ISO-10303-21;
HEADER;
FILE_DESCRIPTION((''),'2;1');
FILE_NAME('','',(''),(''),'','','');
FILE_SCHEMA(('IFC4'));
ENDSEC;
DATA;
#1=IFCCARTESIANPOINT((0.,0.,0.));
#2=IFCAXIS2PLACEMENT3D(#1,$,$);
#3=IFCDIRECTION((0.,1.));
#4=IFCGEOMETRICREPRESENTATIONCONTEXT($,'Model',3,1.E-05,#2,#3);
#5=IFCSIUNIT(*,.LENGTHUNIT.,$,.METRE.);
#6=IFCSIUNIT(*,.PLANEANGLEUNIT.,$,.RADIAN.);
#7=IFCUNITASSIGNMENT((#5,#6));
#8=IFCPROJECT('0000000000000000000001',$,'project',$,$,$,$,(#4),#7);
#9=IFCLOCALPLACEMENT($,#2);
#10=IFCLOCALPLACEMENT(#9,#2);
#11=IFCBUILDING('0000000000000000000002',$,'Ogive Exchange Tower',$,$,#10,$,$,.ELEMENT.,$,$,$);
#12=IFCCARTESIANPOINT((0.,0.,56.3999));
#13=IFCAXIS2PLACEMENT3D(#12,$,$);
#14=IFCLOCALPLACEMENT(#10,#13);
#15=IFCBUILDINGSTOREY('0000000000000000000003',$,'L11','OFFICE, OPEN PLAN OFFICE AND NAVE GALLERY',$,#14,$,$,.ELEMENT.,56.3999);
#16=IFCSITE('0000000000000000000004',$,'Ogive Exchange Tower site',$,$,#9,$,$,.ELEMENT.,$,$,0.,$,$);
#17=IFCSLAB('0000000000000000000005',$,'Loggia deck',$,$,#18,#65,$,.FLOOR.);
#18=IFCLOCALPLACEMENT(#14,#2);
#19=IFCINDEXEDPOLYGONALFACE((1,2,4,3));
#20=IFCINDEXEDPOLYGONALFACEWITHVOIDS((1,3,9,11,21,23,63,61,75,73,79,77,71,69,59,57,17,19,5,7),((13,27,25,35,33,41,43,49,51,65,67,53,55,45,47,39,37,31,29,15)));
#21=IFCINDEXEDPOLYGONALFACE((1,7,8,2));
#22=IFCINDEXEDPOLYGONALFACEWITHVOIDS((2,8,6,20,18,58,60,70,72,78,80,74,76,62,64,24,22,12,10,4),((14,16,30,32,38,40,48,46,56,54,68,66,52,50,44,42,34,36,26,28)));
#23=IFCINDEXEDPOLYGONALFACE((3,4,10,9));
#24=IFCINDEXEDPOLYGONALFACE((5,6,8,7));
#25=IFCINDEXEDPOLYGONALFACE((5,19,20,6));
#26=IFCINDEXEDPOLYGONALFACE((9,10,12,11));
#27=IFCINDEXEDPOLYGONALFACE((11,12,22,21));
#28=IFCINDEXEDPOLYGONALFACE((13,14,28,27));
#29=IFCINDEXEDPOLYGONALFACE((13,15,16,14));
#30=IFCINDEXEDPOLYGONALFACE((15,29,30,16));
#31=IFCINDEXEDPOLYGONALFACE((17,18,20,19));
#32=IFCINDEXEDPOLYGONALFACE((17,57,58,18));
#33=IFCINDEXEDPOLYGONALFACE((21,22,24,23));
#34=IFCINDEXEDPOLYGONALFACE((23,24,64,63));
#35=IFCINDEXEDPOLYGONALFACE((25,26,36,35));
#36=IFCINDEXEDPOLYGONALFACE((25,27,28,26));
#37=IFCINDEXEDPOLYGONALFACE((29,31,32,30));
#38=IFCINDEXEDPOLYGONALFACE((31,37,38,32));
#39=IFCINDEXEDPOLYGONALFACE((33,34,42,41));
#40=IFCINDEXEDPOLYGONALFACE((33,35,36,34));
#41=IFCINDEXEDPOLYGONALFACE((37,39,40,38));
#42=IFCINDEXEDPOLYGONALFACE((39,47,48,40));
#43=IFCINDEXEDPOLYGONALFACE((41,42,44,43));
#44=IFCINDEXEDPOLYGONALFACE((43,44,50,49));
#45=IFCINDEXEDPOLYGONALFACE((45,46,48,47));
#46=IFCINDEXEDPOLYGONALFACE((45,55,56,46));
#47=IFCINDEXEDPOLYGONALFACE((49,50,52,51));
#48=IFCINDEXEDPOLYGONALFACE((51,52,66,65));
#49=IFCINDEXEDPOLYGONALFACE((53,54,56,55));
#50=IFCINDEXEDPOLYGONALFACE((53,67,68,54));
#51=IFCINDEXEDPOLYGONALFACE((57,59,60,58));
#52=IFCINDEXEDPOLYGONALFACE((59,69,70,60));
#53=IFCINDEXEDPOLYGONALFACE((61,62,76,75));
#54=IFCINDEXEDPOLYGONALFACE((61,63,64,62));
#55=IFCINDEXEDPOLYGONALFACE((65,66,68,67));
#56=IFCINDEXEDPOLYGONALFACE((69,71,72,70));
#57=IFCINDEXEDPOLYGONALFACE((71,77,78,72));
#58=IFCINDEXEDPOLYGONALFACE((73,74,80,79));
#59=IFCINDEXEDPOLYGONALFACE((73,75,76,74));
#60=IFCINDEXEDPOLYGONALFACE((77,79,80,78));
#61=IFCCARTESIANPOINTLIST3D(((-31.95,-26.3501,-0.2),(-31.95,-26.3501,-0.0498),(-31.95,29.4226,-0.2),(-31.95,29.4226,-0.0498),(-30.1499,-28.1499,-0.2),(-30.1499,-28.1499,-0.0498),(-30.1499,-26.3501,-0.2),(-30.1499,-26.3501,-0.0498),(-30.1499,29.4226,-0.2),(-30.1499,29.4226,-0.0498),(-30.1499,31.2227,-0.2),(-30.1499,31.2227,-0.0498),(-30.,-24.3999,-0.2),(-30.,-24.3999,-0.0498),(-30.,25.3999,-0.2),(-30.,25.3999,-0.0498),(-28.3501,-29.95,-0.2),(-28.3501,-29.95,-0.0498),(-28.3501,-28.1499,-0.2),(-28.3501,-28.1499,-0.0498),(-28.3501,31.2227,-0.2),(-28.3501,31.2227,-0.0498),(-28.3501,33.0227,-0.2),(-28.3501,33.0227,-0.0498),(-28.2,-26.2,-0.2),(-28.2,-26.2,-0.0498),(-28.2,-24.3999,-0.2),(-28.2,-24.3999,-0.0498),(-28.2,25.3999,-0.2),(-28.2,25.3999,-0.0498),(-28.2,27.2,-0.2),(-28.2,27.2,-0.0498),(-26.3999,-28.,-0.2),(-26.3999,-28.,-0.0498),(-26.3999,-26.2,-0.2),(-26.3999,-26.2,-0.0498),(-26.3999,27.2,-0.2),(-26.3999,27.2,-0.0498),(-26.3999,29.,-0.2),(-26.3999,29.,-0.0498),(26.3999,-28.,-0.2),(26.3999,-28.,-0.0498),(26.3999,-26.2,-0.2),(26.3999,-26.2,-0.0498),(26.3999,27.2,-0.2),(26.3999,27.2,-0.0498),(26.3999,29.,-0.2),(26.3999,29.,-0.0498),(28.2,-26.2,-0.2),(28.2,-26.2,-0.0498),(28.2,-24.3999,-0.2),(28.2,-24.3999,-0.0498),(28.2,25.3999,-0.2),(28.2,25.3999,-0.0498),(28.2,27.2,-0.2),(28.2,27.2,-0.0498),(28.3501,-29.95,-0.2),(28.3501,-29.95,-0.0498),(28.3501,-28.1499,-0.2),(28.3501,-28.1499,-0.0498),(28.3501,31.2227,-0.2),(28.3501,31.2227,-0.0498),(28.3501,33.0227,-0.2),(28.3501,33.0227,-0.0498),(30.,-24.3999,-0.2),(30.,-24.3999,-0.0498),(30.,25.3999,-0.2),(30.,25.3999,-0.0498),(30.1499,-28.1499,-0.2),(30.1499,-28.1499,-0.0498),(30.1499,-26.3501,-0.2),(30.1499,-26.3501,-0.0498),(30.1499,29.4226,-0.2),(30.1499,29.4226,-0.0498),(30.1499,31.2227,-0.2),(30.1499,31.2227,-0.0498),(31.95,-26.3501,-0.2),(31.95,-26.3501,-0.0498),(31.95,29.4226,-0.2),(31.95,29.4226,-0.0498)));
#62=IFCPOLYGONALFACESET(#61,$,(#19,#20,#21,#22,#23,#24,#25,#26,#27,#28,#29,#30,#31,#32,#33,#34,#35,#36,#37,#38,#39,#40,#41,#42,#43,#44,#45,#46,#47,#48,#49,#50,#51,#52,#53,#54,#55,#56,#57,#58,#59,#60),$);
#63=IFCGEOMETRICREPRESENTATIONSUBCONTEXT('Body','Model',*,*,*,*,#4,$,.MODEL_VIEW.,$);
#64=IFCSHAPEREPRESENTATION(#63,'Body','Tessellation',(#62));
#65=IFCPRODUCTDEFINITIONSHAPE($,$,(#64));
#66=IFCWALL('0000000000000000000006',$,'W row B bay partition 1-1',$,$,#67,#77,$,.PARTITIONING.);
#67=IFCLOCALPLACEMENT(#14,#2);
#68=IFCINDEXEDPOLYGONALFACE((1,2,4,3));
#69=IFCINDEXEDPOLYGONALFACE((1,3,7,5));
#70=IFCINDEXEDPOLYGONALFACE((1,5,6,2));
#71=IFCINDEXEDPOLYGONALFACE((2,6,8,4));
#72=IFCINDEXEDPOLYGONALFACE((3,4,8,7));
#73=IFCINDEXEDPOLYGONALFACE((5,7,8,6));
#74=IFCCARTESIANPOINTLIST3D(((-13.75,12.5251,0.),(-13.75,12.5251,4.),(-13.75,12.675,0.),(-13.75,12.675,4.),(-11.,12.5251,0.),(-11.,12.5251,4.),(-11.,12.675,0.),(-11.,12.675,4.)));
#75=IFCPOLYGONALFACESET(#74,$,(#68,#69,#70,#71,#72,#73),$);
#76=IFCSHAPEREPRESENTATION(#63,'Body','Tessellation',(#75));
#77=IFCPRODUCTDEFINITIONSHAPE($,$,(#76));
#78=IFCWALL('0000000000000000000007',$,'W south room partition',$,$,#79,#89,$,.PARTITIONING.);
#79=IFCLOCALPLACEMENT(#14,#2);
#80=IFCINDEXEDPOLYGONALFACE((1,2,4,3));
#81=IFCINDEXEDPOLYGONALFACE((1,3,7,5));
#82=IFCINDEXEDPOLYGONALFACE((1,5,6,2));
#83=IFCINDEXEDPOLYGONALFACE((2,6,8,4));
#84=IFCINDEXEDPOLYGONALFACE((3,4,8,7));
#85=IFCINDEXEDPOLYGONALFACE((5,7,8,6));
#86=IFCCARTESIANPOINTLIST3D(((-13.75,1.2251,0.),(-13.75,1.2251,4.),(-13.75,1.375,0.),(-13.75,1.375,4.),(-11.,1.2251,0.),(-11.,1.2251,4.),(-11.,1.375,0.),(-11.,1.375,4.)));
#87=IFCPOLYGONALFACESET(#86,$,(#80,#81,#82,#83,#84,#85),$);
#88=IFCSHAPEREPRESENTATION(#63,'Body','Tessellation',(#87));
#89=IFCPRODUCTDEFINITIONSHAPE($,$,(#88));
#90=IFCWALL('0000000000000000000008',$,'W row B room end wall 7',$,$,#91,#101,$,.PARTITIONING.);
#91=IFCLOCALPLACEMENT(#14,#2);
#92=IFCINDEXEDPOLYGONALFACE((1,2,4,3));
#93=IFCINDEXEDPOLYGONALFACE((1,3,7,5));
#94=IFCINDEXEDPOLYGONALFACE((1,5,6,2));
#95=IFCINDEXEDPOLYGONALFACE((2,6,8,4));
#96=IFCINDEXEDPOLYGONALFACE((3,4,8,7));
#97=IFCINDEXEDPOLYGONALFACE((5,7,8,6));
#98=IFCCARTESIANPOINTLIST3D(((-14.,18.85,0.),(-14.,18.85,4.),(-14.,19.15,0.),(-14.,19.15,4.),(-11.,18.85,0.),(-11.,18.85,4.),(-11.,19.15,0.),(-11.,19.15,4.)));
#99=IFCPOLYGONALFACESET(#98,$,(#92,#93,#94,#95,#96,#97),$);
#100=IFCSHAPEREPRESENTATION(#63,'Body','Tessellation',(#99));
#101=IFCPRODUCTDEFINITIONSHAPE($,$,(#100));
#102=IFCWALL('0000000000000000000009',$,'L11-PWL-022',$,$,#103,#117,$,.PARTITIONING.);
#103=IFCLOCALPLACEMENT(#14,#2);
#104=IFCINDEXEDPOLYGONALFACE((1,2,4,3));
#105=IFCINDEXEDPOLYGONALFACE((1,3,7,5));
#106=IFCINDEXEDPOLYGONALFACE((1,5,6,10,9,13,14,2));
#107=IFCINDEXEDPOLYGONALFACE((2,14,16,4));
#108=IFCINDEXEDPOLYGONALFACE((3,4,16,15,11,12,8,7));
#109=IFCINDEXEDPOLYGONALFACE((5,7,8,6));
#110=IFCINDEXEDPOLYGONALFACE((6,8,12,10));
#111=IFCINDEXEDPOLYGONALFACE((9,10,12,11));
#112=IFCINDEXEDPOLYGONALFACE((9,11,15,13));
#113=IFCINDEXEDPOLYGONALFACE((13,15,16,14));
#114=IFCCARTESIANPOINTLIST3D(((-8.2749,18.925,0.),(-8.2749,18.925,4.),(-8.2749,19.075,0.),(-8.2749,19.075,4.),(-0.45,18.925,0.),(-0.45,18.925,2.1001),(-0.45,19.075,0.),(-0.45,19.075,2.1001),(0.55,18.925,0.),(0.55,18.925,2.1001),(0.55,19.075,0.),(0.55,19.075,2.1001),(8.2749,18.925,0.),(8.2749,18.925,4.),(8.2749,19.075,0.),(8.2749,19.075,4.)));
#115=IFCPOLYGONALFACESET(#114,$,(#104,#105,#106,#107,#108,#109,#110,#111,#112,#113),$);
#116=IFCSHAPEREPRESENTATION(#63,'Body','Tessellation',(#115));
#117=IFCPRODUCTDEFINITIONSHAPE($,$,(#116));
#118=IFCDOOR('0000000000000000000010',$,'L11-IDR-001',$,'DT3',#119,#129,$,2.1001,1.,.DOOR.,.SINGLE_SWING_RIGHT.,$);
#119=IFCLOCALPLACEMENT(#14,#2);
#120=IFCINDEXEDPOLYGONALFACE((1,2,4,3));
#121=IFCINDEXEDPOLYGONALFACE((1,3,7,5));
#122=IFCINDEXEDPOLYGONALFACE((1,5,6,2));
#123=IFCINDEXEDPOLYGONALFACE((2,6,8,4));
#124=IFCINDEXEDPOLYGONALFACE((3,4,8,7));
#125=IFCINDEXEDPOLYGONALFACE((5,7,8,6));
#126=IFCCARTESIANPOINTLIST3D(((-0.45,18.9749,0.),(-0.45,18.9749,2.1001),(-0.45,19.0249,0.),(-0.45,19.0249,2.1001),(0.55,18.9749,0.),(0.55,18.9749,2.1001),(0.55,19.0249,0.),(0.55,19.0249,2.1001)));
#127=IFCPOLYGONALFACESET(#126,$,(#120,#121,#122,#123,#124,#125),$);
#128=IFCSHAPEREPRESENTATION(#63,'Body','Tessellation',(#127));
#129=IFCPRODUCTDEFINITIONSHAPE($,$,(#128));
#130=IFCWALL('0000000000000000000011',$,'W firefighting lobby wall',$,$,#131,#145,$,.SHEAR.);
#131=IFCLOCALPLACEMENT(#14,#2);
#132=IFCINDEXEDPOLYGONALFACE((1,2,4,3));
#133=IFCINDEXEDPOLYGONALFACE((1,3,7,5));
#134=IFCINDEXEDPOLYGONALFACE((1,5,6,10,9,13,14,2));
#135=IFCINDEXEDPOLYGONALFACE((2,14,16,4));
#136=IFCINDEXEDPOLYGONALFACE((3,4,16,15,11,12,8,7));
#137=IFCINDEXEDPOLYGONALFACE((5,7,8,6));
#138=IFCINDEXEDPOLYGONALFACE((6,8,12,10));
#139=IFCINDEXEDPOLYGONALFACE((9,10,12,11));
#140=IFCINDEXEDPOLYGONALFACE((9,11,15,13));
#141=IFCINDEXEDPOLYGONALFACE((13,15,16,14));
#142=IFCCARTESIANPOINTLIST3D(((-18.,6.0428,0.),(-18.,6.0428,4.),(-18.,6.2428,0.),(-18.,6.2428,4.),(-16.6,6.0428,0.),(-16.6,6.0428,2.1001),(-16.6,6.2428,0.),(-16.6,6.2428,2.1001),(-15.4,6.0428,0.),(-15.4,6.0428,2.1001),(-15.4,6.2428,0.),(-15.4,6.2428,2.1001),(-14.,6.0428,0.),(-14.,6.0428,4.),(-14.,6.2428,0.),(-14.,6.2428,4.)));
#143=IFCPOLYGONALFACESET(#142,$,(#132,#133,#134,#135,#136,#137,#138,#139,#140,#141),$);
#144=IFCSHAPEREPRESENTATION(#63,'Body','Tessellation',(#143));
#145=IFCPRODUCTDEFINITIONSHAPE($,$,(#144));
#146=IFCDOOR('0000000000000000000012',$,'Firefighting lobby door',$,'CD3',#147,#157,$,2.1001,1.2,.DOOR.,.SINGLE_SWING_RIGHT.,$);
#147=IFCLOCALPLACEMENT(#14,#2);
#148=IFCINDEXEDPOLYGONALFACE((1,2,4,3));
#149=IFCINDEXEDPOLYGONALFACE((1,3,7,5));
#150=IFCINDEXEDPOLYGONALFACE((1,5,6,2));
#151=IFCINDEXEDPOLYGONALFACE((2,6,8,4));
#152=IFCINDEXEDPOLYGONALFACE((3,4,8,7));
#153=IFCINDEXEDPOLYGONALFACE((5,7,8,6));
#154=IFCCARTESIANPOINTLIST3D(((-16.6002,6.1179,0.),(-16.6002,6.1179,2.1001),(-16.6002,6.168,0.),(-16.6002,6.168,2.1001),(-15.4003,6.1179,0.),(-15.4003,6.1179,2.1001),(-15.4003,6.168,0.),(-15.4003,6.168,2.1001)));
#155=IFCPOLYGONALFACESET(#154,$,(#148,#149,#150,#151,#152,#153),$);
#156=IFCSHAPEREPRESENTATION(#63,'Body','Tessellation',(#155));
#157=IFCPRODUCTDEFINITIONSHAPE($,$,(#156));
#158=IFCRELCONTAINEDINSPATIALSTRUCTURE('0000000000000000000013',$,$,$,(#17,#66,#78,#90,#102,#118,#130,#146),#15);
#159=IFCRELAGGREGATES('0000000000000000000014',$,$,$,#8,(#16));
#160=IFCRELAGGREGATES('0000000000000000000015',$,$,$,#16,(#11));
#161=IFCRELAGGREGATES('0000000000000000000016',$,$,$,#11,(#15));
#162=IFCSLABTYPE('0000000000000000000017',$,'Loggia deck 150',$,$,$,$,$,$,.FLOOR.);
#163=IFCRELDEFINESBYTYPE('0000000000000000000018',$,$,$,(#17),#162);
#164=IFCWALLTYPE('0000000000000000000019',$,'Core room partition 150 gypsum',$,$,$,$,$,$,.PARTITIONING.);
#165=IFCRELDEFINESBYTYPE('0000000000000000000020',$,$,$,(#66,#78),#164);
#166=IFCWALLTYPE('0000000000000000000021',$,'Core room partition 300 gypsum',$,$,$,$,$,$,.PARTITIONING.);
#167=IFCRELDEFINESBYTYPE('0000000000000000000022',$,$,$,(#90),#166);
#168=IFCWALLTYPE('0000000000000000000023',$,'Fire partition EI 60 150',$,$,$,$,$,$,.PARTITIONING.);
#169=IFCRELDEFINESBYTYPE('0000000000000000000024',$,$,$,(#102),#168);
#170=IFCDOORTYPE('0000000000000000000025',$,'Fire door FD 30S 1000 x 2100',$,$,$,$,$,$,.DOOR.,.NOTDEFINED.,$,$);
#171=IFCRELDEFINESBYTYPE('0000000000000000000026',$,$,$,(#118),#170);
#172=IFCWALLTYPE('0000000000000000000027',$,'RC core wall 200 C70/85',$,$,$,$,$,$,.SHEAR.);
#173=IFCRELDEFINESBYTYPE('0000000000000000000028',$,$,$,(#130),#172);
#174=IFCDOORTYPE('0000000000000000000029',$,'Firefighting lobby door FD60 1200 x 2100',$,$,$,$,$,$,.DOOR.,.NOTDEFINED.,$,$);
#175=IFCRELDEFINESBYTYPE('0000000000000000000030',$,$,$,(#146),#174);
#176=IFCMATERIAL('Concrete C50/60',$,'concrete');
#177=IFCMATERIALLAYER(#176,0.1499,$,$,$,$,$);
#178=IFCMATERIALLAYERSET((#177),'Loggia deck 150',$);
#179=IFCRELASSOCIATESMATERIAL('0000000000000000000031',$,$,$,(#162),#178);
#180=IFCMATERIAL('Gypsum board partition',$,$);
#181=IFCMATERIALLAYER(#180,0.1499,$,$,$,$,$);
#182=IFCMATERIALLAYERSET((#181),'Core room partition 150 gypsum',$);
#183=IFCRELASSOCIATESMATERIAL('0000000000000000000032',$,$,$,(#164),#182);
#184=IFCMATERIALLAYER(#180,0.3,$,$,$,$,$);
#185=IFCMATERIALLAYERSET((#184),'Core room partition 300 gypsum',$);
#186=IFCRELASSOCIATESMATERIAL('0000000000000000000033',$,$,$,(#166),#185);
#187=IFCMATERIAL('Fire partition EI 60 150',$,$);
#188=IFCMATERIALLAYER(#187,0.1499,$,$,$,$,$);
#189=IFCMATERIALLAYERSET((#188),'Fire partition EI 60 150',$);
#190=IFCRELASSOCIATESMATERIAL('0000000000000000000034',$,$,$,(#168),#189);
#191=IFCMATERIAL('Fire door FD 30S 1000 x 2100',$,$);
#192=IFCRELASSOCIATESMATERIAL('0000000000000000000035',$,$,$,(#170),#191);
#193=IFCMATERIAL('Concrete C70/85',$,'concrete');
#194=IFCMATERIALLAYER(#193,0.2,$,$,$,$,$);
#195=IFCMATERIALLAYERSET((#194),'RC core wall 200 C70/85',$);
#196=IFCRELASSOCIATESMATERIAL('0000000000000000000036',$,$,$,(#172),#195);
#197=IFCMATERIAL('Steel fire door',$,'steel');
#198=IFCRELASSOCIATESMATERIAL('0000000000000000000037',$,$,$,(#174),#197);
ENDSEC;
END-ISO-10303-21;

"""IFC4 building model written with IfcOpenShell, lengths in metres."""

from ifc_helpers import new_model, si_unit, direction, frame, frame_2d, origin, place, context, subcontext, project, spatial, polyline, rectangle, outline, extrude, material, layer, layer_set, type_object, element, fill, save


model = new_model("IFC4")

# Units and contexts
model_context = context("Model", 3, precision=1e-05, world=origin(), true_north=direction((0.0, 1.0)))
body_context = subcontext(model_context, "Body", "Model", "MODEL_VIEW")
ifc_project = project(units=[si_unit("LENGTHUNIT", "METRE"), si_unit("PLANEANGLEUNIT", "RADIAN")], contexts=[model_context])

# Site, building, storey
site_placement = place(None, origin())
site = spatial("IfcSite", under=ifc_project, at=site_placement, Name="Ogive Exchange Tower site", CompositionType="ELEMENT", RefElevation=0.0)
building_placement = place(site_placement, origin())
building = spatial("IfcBuilding", under=site, at=building_placement, Name="Ogive Exchange Tower", CompositionType="ELEMENT")
storey_placement = place(building_placement, frame((0.0, 0.0, 56.3999)))
storey = spatial("IfcBuildingStorey", under=building, at=storey_placement, Name="L11", Description="OFFICE, OPEN PLAN OFFICE AND NAVE GALLERY", CompositionType="ELEMENT", Elevation=56.3999)

# Slab
ifc_material_1 = material(Name="Concrete C50/60", Category="concrete")
ifc_layer_1 = layer(ifc_material_1, 0.1499)
ifc_layer_set_1 = layer_set([ifc_layer_1], Name="Loggia deck 150")
slab_type_1 = type_object("IfcSlabType", Name="Loggia deck 150", PredefinedType="FLOOR", material=ifc_layer_set_1)
slab_1_placement = place(storey_placement, frame((0.0, 0.0, -0.2)))
element("IfcSlab", 1, at=slab_1_placement, inside=storey, type_object=slab_type_1, Name="Loggia deck", PredefinedType="FLOOR", context=body_context, shape_type="SweptSolid", body=[
    extrude(outline(polyline([(-28.3501, -28.1499), (-30.1499, -28.1499), (-30.1499, -26.3501), (-31.95, -26.3501), (-31.95, 29.4226), (-30.1499, 29.4226), (-30.1499, 31.2227), (-28.3501, 31.2227), (-28.3501, 33.0227), (28.3501, 33.0227), (28.3501, 31.2227), (30.1499, 31.2227), (30.1499, 29.4226), (31.95, 29.4226), (31.95, -26.3501), (30.1499, -26.3501), (30.1499, -28.1499), (28.3501, -28.1499), (28.3501, -29.95), (-28.3501, -29.95), (-28.3501, -28.1499)]), holes=[polyline([(26.3999, -26.2), (28.2, -26.2), (28.2, -24.3999), (30.0, -24.3999), (30.0, 25.3999), (28.2, 25.3999), (28.2, 27.2), (26.3999, 27.2), (26.3999, 29.0), (-26.3999, 29.0), (-26.3999, 27.2), (-28.2, 27.2), (-28.2, 25.3999), (-30.0, 25.3999), (-30.0, -24.3999), (-28.2, -24.3999), (-28.2, -26.2), (-26.3999, -26.2), (-26.3999, -28.0), (26.3999, -28.0), (26.3999, -26.2)])]), origin(), (0.0, 0.0, 1.0), 0.1501),
])

# Walls
ifc_material_2 = material(Name="Gypsum board partition")
ifc_layer_2 = layer(ifc_material_2, 0.1499)
ifc_layer_set_2 = layer_set([ifc_layer_2], Name="Core room partition 150 gypsum")
wall_type_1 = type_object("IfcWallType", Name="Core room partition 150 gypsum", PredefinedType="PARTITIONING", material=ifc_layer_set_2)
for number, where, z_axis, x_axis, name in (
    (2, (-13.75, 12.6001, 0.0), (0.0, 0.0, 1.0), (1.0, 0.0, 0.0), "W row B bay partition 1-1"),
    (3, (-13.75, 1.3, 0.0), (0.0, 0.0, 1.0), (1.0, 0.0, 0.0), "W south room partition"),
):
    element("IfcWall", number, at=place(storey_placement, frame(where, z_axis=z_axis, x_axis=x_axis)), inside=storey, type_object=wall_type_1, Name=name, PredefinedType="PARTITIONING", context=body_context, shape_type="SweptSolid", body=[
        extrude(rectangle(XDim=2.75, YDim=0.1499, at=frame_2d((1.375, 0.0))), origin(), (0.0, 0.0, 1.0), 4.0),
    ])
ifc_layer_3 = layer(ifc_material_2, 0.3)
ifc_layer_set_3 = layer_set([ifc_layer_3], Name="Core room partition 300 gypsum")
wall_type_2 = type_object("IfcWallType", Name="Core room partition 300 gypsum", PredefinedType="PARTITIONING", material=ifc_layer_set_3)
wall_1_placement = place(storey_placement, frame((-14.0, 19.0, 0.0), z_axis=(0.0, 0.0, 1.0), x_axis=(1.0, 0.0, 0.0)))
element("IfcWall", 4, at=wall_1_placement, inside=storey, type_object=wall_type_2, Name="W row B room end wall 7", PredefinedType="PARTITIONING", context=body_context, shape_type="SweptSolid", body=[
    extrude(rectangle(XDim=3.0, YDim=0.3, at=frame_2d((1.5, 0.0))), origin(), (0.0, 0.0, 1.0), 4.0),
])

# Walls, openings, doors
ifc_material_3 = material(Name="Fire partition EI 60 150")
ifc_layer_4 = layer(ifc_material_3, 0.1499)
ifc_layer_set_4 = layer_set([ifc_layer_4], Name="Fire partition EI 60 150")
wall_type_3 = type_object("IfcWallType", Name="Fire partition EI 60 150", PredefinedType="PARTITIONING", material=ifc_layer_set_4)
wall_2_placement = place(storey_placement, frame((-8.2749, 19.0, 0.0), z_axis=(0.0, 0.0, 1.0), x_axis=(1.0, 0.0, 0.0)))
wall_2 = element("IfcWall", 5, at=wall_2_placement, inside=storey, type_object=wall_type_3, Name="L11-PWL-022", PredefinedType="PARTITIONING", context=body_context, shape_type="SweptSolid", body=[
    extrude(rectangle(XDim=16.5498, YDim=0.1499, at=frame_2d((8.2749, 0.0))), origin(), (0.0, 0.0, 1.0), 4.0),
])
opening_1_placement = place(wall_2_placement, frame((7.825, 0.0, 0.0)))
opening_1 = element("IfcOpeningElement", 6, at=opening_1_placement, cuts=wall_2, PredefinedType="OPENING", context=body_context, shape_type="SweptSolid", body=[
    extrude(rectangle(XDim=1.0, YDim=2.1001, at=frame_2d((0.5, 1.05))), frame((0.0, 0.085, 0.0), z_axis=(0.0, -1.0, 0.0), x_axis=(1.0, 0.0, 0.0)), (0.0, 0.0, 1.0), 0.1699),
])
ifc_material_4 = material(Name="Fire door FD 30S 1000 x 2100")
door_type_1 = type_object("IfcDoorType", Name="Fire door FD 30S 1000 x 2100", OperationType="NOTDEFINED", PredefinedType="DOOR", material=ifc_material_4)
door_1_placement = place(opening_1_placement, origin())
door_1 = element("IfcDoor", 7, at=door_1_placement, inside=storey, type_object=door_type_1, Name="L11-IDR-001", ObjectType="DT3", OperationType="SINGLE_SWING_RIGHT", OverallHeight=2.1001, OverallWidth=1.0, PredefinedType="DOOR", context=body_context, shape_type="SweptSolid", body=[
    extrude(rectangle(XDim=1.0, YDim=2.1001, at=frame_2d((0.5, 1.05))), frame((0.0, 0.0249, 0.0), z_axis=(0.0, -1.0, 0.0), x_axis=(1.0, 0.0, 0.0)), (0.0, 0.0, 1.0), 0.05),
])
fill(opening_1, door_1)
ifc_material_5 = material(Name="Concrete C70/85", Category="concrete")
ifc_layer_5 = layer(ifc_material_5, 0.2)
ifc_layer_set_5 = layer_set([ifc_layer_5], Name="RC core wall 200 C70/85")
wall_type_4 = type_object("IfcWallType", Name="RC core wall 200 C70/85", PredefinedType="SHEAR", material=ifc_layer_set_5)
wall_3_placement = place(storey_placement, frame((-18.0, 6.1428, 0.0), z_axis=(0.0, 0.0, 1.0), x_axis=(1.0, 0.0, 0.0)))
wall_3 = element("IfcWall", 8, at=wall_3_placement, inside=storey, type_object=wall_type_4, Name="W firefighting lobby wall", PredefinedType="SHEAR", context=body_context, shape_type="SweptSolid", body=[
    extrude(rectangle(XDim=4.0, YDim=0.2, at=frame_2d((2.0, 0.0))), origin(), (0.0, 0.0, 1.0), 4.0),
])
opening_2_placement = place(wall_3_placement, frame((1.3999, 0.0, 0.0)))
opening_2 = element("IfcOpeningElement", 9, at=opening_2_placement, cuts=wall_3, PredefinedType="OPENING", context=body_context, shape_type="SweptSolid", body=[
    extrude(rectangle(XDim=1.2, YDim=2.1001, at=frame_2d((0.6001, 1.05))), frame((0.0, 0.1099, 0.0), z_axis=(0.0, -1.0, 0.0), x_axis=(1.0, 0.0, 0.0)), (0.0, 0.0, 1.0), 0.22),
])
ifc_material_6 = material(Name="Steel fire door", Category="steel")
door_type_2 = type_object("IfcDoorType", Name="Firefighting lobby door FD60 1200 x 2100", OperationType="NOTDEFINED", PredefinedType="DOOR", material=ifc_material_6)
door_2_placement = place(opening_2_placement, frame((1.2, 0.0, 0.0), z_axis=(0.0, 0.0, 1.0), x_axis=(-1.0, 0.0, 0.0)))
door_2 = element("IfcDoor", 10, at=door_2_placement, inside=storey, type_object=door_type_2, Name="Firefighting lobby door", ObjectType="CD3", OperationType="SINGLE_SWING_RIGHT", OverallHeight=2.1001, OverallWidth=1.2, PredefinedType="DOOR", context=body_context, shape_type="SweptSolid", body=[
    extrude(rectangle(XDim=1.2, YDim=2.1001, at=frame_2d((0.6001, 1.05))), frame((0.0, 0.0249, 0.0), z_axis=(0.0, -1.0, 0.0), x_axis=(1.0, 0.0, 0.0)), (0.0, 0.0, 1.0), 0.05),
])
fill(opening_2, door_2)

save(model, "model.ifc")
